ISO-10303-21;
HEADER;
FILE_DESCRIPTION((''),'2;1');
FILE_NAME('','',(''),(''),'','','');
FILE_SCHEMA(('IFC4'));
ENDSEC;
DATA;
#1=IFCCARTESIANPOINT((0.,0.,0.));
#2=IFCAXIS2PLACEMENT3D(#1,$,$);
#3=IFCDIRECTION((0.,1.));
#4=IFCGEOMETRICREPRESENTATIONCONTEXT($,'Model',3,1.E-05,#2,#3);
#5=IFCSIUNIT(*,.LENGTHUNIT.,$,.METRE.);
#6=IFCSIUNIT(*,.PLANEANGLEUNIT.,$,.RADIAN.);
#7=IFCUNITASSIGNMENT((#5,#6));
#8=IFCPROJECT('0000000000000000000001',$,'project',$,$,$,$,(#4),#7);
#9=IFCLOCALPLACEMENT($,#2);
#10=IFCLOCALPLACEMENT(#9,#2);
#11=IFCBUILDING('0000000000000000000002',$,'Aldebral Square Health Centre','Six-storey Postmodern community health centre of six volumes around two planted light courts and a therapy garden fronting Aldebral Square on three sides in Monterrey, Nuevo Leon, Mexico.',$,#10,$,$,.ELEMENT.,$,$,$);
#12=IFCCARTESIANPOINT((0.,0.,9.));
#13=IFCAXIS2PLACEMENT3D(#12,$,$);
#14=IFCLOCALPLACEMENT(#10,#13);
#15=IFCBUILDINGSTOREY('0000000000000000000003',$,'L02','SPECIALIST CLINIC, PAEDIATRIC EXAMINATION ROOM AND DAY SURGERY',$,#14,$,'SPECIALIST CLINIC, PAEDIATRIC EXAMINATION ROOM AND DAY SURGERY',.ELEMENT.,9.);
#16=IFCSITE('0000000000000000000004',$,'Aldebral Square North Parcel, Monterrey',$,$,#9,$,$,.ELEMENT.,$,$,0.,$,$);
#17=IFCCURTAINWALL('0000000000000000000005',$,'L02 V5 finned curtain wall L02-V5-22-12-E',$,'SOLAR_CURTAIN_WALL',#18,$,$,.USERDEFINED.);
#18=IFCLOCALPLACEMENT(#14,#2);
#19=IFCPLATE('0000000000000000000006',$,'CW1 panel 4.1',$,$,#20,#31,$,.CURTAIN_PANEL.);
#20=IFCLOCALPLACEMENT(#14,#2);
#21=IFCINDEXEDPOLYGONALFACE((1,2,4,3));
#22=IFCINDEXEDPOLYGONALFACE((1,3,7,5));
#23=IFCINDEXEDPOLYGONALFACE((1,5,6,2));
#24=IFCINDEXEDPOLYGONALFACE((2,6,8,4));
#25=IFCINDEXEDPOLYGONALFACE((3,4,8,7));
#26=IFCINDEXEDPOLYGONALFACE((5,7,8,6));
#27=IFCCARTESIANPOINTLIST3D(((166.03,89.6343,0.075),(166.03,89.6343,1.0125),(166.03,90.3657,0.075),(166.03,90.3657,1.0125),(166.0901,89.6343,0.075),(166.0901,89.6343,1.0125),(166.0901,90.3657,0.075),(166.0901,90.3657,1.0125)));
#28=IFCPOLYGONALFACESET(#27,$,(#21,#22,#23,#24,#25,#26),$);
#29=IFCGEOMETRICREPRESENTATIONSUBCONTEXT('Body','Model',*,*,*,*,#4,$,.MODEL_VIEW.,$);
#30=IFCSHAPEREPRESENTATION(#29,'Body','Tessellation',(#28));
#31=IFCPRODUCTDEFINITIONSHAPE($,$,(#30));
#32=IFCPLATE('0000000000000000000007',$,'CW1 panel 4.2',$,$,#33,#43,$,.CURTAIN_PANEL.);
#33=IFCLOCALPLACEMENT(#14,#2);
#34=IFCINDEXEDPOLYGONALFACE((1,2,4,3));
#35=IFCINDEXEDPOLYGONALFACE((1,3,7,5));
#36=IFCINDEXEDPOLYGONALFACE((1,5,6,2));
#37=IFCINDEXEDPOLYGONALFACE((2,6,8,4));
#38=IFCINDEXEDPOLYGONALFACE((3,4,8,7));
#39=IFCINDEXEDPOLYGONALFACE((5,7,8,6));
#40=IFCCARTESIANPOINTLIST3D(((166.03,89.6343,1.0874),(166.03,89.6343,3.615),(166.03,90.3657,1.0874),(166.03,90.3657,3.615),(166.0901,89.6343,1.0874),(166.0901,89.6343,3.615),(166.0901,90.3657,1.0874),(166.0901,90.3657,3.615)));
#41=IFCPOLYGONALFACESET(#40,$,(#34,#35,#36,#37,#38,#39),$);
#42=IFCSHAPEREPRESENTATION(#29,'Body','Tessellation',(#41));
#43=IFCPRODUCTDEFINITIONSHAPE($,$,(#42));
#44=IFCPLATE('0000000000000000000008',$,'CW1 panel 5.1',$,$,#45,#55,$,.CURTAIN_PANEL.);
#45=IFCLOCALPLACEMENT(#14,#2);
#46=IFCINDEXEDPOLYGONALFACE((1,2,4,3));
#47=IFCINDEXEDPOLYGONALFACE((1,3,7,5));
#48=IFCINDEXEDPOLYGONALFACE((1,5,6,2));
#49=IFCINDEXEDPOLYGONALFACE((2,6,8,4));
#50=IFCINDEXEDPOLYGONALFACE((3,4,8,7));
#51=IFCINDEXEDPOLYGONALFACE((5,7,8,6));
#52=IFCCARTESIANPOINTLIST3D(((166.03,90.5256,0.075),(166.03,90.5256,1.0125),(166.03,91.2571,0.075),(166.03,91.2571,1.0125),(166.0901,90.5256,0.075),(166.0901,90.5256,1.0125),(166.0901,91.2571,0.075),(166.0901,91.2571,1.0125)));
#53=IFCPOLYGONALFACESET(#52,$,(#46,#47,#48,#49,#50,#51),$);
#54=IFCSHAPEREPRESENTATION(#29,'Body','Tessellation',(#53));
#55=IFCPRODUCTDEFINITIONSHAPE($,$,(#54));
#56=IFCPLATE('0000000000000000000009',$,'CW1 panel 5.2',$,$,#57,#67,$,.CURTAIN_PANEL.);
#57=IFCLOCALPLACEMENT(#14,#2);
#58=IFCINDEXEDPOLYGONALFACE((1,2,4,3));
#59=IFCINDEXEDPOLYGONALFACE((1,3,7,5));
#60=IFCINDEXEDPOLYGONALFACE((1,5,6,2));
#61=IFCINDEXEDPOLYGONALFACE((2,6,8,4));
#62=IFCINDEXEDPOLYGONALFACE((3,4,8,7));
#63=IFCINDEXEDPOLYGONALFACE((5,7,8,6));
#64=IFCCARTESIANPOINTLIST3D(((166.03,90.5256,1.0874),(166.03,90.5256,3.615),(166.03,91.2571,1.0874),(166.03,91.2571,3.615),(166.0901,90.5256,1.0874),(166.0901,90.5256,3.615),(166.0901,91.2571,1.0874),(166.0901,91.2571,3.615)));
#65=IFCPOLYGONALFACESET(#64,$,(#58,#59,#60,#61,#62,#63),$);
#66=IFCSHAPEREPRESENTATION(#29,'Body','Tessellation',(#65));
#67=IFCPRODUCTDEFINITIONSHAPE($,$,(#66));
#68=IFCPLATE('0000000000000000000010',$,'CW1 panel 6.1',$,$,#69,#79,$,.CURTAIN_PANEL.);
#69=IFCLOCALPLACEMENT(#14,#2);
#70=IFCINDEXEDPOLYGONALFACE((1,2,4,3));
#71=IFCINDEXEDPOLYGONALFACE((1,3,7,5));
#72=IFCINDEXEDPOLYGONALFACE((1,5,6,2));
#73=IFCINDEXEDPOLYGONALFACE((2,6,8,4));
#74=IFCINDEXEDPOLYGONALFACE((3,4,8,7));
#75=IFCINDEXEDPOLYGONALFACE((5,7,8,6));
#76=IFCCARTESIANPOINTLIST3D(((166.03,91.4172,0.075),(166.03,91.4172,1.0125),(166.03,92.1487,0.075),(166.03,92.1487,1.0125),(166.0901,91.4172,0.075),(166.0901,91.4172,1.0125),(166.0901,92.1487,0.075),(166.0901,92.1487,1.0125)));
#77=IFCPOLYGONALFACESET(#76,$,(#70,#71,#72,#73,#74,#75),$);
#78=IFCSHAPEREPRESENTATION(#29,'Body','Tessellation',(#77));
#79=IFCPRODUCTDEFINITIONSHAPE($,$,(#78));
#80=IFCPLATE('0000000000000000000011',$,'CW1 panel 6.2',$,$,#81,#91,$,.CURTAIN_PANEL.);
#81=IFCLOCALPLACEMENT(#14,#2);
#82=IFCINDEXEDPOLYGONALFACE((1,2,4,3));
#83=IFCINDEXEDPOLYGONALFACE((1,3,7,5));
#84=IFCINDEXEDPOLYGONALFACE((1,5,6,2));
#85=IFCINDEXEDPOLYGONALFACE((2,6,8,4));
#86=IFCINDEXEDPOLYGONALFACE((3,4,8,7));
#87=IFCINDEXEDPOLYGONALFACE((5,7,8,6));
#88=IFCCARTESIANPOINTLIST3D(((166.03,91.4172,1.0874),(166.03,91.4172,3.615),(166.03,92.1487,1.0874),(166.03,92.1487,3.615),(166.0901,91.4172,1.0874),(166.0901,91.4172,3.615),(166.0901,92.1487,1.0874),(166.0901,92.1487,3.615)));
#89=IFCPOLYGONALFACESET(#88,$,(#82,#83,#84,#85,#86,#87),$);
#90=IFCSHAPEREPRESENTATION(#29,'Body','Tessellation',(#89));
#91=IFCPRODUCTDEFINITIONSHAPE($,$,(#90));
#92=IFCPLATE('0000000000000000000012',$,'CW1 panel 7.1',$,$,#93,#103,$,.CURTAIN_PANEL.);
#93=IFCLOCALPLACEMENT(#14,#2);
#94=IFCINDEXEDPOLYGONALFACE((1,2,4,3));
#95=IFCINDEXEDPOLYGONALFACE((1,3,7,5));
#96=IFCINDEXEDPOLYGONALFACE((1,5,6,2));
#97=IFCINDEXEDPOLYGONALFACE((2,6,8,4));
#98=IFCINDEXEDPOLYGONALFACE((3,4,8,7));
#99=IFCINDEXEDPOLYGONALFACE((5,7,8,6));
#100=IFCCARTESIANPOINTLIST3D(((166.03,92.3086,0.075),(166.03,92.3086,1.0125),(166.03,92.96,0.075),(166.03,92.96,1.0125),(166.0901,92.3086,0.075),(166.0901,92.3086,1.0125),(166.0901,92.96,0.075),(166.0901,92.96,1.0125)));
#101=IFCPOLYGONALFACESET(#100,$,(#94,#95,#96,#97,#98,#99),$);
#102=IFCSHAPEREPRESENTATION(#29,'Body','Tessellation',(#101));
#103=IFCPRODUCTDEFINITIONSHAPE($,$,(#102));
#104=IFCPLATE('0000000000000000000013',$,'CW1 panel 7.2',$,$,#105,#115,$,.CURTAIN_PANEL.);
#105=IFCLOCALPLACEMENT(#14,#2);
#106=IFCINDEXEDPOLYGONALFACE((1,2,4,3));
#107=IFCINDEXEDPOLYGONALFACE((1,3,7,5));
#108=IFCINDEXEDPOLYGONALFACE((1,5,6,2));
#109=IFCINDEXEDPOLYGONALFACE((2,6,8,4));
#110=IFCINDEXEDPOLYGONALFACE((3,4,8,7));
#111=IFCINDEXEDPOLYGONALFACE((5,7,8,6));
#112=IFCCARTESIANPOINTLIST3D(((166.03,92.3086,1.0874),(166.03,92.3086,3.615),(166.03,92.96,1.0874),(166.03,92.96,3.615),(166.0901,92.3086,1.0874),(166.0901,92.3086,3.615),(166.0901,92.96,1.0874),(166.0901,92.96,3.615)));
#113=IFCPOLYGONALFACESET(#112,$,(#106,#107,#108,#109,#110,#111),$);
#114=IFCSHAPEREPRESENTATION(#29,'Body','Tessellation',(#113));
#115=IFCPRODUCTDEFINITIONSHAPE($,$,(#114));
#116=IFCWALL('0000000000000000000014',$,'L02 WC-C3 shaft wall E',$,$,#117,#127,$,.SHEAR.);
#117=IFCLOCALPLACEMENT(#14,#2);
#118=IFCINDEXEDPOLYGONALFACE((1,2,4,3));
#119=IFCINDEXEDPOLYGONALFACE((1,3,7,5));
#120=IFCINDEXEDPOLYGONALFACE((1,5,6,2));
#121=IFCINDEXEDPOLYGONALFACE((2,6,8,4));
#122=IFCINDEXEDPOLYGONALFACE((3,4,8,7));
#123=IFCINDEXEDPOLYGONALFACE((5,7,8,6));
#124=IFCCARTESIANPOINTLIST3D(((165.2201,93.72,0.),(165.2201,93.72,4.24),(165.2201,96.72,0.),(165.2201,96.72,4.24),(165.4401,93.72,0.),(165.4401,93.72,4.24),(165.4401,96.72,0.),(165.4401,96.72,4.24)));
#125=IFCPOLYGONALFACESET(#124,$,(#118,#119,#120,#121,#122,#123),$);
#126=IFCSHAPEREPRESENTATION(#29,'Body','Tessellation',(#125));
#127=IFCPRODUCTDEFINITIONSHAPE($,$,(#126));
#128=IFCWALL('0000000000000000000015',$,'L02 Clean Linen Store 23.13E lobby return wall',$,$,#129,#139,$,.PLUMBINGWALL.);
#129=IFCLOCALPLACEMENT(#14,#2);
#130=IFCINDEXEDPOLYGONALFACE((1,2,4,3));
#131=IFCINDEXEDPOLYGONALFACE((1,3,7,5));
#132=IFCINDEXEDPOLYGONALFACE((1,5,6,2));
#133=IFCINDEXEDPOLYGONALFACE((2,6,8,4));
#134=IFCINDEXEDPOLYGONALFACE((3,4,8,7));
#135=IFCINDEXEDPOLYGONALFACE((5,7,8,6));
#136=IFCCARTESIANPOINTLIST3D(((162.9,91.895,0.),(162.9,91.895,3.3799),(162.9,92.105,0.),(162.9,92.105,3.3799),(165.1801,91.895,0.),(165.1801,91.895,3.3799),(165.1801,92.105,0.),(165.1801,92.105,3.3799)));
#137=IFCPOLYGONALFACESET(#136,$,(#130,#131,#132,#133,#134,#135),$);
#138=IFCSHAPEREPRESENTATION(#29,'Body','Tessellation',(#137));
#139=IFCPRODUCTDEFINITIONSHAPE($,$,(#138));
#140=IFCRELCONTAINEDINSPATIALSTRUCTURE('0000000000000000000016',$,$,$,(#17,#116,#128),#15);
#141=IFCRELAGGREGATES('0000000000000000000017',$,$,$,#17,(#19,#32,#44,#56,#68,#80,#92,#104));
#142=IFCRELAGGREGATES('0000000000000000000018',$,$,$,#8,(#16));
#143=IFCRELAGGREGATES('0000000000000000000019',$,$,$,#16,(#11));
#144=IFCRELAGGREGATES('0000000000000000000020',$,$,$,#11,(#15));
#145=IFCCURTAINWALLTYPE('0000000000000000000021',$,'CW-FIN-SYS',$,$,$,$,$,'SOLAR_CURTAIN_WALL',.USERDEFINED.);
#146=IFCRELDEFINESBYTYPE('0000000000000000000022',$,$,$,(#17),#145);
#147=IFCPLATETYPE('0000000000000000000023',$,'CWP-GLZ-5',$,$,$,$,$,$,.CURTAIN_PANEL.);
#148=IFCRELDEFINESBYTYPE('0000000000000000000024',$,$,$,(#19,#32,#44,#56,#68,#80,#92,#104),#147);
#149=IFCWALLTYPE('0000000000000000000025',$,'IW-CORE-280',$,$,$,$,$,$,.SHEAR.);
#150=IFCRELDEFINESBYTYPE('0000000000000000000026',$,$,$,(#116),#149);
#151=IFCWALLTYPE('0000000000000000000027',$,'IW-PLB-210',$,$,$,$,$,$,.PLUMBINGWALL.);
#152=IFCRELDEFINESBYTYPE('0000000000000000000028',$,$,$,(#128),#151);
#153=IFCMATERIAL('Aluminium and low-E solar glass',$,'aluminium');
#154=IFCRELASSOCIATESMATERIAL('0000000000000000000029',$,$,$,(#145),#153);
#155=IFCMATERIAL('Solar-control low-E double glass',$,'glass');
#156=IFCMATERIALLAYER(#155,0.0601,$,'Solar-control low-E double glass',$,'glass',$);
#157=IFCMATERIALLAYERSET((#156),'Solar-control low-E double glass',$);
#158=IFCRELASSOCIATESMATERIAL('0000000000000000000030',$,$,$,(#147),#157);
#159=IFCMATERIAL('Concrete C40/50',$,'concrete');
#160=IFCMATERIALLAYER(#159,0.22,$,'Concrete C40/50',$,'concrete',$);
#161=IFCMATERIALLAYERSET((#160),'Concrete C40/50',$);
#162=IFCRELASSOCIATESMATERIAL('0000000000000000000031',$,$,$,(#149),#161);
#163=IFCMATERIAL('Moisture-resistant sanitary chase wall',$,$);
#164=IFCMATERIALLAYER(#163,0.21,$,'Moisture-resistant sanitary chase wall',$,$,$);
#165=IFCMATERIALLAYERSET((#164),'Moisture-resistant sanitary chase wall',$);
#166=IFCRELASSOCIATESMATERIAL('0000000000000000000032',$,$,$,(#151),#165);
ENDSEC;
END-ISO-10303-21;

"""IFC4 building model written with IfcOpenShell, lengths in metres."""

from ifc_helpers import new_model, si_unit, direction, frame, frame_2d, origin, origin_2d, place, context, subcontext, project, spatial, rectangle, extrude, material, layer, layer_set, type_object, element, aggregate, save


model = new_model("IFC4")

# Units and contexts
model_context = context("Model", 3, precision=1e-05, world=origin(), true_north=direction((0.0, 1.0)))
body_context = subcontext(model_context, "Body", "Model", "MODEL_VIEW")
ifc_project = project(units=[si_unit("LENGTHUNIT", "METRE"), si_unit("PLANEANGLEUNIT", "RADIAN")], contexts=[model_context])

# Site, building, storey
site_placement = place(None, origin())
site = spatial("IfcSite", under=ifc_project, at=site_placement, Name="Aldebral Square North Parcel, Monterrey", CompositionType="ELEMENT", RefElevation=0.0)
building_placement = place(site_placement, origin())
building = spatial("IfcBuilding", under=site, at=building_placement, Name="Aldebral Square Health Centre", Description="Six-storey Postmodern community health centre of six volumes around two planted light courts and a therapy garden fronting Aldebral Square on three sides in Monterrey, Nuevo Leon, Mexico.", CompositionType="ELEMENT")
storey_placement = place(building_placement, frame((0.0, 0.0, 9.0)))
storey = spatial("IfcBuildingStorey", under=building, at=storey_placement, Name="L02", Description="SPECIALIST CLINIC, PAEDIATRIC EXAMINATION ROOM AND DAY SURGERY", LongName="SPECIALIST CLINIC, PAEDIATRIC EXAMINATION ROOM AND DAY SURGERY", CompositionType="ELEMENT", Elevation=9.0)

# Shared definitions
ifc_material_1 = material(Name="Concrete C40/50", Category="concrete")

# Curtain wall, plates
ifc_material_2 = material(Name="Aluminium and low-E solar glass", Category="aluminium")
curtain_wall_type = type_object("IfcCurtainWallType", Name="CW-FIN-SYS", ElementType="SOLAR_CURTAIN_WALL", PredefinedType="USERDEFINED", material=ifc_material_2)
curtain_wall_placement = place(storey_placement, origin())
curtain_wall = element("IfcCurtainWall", 1, at=curtain_wall_placement, inside=storey, type_object=curtain_wall_type, Name="L02 V5 finned curtain wall L02-V5-22-12-E", ObjectType="SOLAR_CURTAIN_WALL", PredefinedType="USERDEFINED")
ifc_material_3 = material(Name="Solar-control low-E double glass", Category="glass")
ifc_layer_1 = layer(ifc_material_3, 0.0601, Name="Solar-control low-E double glass", Category="glass")
ifc_layer_set_1 = layer_set([ifc_layer_1], Name="Solar-control low-E double glass")
plate_type = type_object("IfcPlateType", Name="CWP-GLZ-5", PredefinedType="CURTAIN_PANEL", material=ifc_layer_set_1)
plate_1_placement = place(storey_placement, frame((166.0601, 90.0, 0.075), z_axis=(0.0, 0.0, 1.0), x_axis=(0.0, 1.0, 0.0)))
plate_1 = element("IfcPlate", 2, at=plate_1_placement, type_object=plate_type, Name="CW1 panel 4.1", PredefinedType="CURTAIN_PANEL", context=body_context, shape_type="SweptSolid", body=[
    extrude(rectangle(XDim=0.7314, YDim=0.0601, at=origin_2d()), origin(), (0.0, 0.0, 1.0), 0.9375),
])
plate_2_placement = place(storey_placement, frame((166.0601, 90.0, 1.0874), z_axis=(0.0, 0.0, 1.0), x_axis=(0.0, 1.0, 0.0)))
plate_2 = element("IfcPlate", 3, at=plate_2_placement, type_object=plate_type, Name="CW1 panel 4.2", PredefinedType="CURTAIN_PANEL", context=body_context, shape_type="SweptSolid", body=[
    extrude(rectangle(XDim=0.7314, YDim=0.0601, at=origin_2d()), origin(), (0.0, 0.0, 1.0), 2.5276),
])
plate_3_placement = place(storey_placement, frame((166.0601, 90.8914, 0.075), z_axis=(0.0, 0.0, 1.0), x_axis=(0.0, 1.0, 0.0)))
plate_3 = element("IfcPlate", 4, at=plate_3_placement, type_object=plate_type, Name="CW1 panel 5.1", PredefinedType="CURTAIN_PANEL", context=body_context, shape_type="SweptSolid", body=[
    extrude(rectangle(XDim=0.7314, YDim=0.0601, at=origin_2d()), origin(), (0.0, 0.0, 1.0), 0.9375),
])
plate_4_placement = place(storey_placement, frame((166.0601, 90.8914, 1.0874), z_axis=(0.0, 0.0, 1.0), x_axis=(0.0, 1.0, 0.0)))
plate_4 = element("IfcPlate", 5, at=plate_4_placement, type_object=plate_type, Name="CW1 panel 5.2", PredefinedType="CURTAIN_PANEL", context=body_context, shape_type="SweptSolid", body=[
    extrude(rectangle(XDim=0.7314, YDim=0.0601, at=origin_2d()), origin(), (0.0, 0.0, 1.0), 2.5276),
])
plate_5_placement = place(storey_placement, frame((166.0601, 91.783, 0.075), z_axis=(0.0, 0.0, 1.0), x_axis=(0.0, 1.0, 0.0)))
plate_5 = element("IfcPlate", 6, at=plate_5_placement, type_object=plate_type, Name="CW1 panel 6.1", PredefinedType="CURTAIN_PANEL", context=body_context, shape_type="SweptSolid", body=[
    extrude(rectangle(XDim=0.7314, YDim=0.0601, at=origin_2d()), origin(), (0.0, 0.0, 1.0), 0.9375),
])
plate_6_placement = place(storey_placement, frame((166.0601, 91.783, 1.0874), z_axis=(0.0, 0.0, 1.0), x_axis=(0.0, 1.0, 0.0)))
plate_6 = element("IfcPlate", 7, at=plate_6_placement, type_object=plate_type, Name="CW1 panel 6.2", PredefinedType="CURTAIN_PANEL", context=body_context, shape_type="SweptSolid", body=[
    extrude(rectangle(XDim=0.7314, YDim=0.0601, at=origin_2d()), origin(), (0.0, 0.0, 1.0), 2.5276),
])
plate_7_placement = place(storey_placement, frame((166.0601, 92.6343, 0.075), z_axis=(0.0, 0.0, 1.0), x_axis=(0.0, 1.0, 0.0)))
plate_7 = element("IfcPlate", 8, at=plate_7_placement, type_object=plate_type, Name="CW1 panel 7.1", PredefinedType="CURTAIN_PANEL", context=body_context, shape_type="SweptSolid", body=[
    extrude(rectangle(XDim=0.6514, YDim=0.0601, at=origin_2d()), origin(), (0.0, 0.0, 1.0), 0.9375),
])
plate_8_placement = place(storey_placement, frame((166.0601, 92.6343, 1.0874), z_axis=(0.0, 0.0, 1.0), x_axis=(0.0, 1.0, 0.0)))
plate_8 = element("IfcPlate", 9, at=plate_8_placement, type_object=plate_type, Name="CW1 panel 7.2", PredefinedType="CURTAIN_PANEL", context=body_context, shape_type="SweptSolid", body=[
    extrude(rectangle(XDim=0.6514, YDim=0.0601, at=origin_2d()), origin(), (0.0, 0.0, 1.0), 2.5276),
])
aggregate(curtain_wall, [plate_1, plate_2, plate_3, plate_4, plate_5, plate_6, plate_7, plate_8])

# Walls
ifc_layer_2 = layer(ifc_material_1, 0.22, Name="Concrete C40/50", Category="concrete")
ifc_layer_set_2 = layer_set([ifc_layer_2], Name="Concrete C40/50")
wall_type_1 = type_object("IfcWallType", Name="IW-CORE-280", PredefinedType="SHEAR", material=ifc_layer_set_2)
wall_1_placement = place(storey_placement, frame((165.3301, 93.72, 0.0), z_axis=(0.0, 0.0, 1.0), x_axis=(0.0, 1.0, 0.0)))
element("IfcWall", 10, at=wall_1_placement, inside=storey, type_object=wall_type_1, Name="L02 WC-C3 shaft wall E", PredefinedType="SHEAR", context=body_context, shape_type="SweptSolid", body=[
    extrude(rectangle(XDim=3.0, YDim=0.22, at=frame_2d((1.5, 0.0))), origin(), (0.0, 0.0, 1.0), 4.24),
])
ifc_material_4 = material(Name="Moisture-resistant sanitary chase wall")
ifc_layer_3 = layer(ifc_material_4, 0.21, Name="Moisture-resistant sanitary chase wall")
ifc_layer_set_3 = layer_set([ifc_layer_3], Name="Moisture-resistant sanitary chase wall")
wall_type_2 = type_object("IfcWallType", Name="IW-PLB-210", PredefinedType="PLUMBINGWALL", material=ifc_layer_set_3)
wall_2_placement = place(storey_placement, frame((162.8999, 92.0, 0.0), z_axis=(0.0, 0.0, 1.0), x_axis=(1.0, 0.0, 0.0)))
element("IfcWall", 11, at=wall_2_placement, inside=storey, type_object=wall_type_2, Name="L02 Clean Linen Store 23.13E lobby return wall", PredefinedType="PLUMBINGWALL", context=body_context, shape_type="SweptSolid", body=[
    extrude(rectangle(XDim=2.28, YDim=0.21, at=frame_2d((1.1401, 0.0))), origin(), (0.0, 0.0, 1.0), 3.3799),
])

save(model, "model.ifc")
